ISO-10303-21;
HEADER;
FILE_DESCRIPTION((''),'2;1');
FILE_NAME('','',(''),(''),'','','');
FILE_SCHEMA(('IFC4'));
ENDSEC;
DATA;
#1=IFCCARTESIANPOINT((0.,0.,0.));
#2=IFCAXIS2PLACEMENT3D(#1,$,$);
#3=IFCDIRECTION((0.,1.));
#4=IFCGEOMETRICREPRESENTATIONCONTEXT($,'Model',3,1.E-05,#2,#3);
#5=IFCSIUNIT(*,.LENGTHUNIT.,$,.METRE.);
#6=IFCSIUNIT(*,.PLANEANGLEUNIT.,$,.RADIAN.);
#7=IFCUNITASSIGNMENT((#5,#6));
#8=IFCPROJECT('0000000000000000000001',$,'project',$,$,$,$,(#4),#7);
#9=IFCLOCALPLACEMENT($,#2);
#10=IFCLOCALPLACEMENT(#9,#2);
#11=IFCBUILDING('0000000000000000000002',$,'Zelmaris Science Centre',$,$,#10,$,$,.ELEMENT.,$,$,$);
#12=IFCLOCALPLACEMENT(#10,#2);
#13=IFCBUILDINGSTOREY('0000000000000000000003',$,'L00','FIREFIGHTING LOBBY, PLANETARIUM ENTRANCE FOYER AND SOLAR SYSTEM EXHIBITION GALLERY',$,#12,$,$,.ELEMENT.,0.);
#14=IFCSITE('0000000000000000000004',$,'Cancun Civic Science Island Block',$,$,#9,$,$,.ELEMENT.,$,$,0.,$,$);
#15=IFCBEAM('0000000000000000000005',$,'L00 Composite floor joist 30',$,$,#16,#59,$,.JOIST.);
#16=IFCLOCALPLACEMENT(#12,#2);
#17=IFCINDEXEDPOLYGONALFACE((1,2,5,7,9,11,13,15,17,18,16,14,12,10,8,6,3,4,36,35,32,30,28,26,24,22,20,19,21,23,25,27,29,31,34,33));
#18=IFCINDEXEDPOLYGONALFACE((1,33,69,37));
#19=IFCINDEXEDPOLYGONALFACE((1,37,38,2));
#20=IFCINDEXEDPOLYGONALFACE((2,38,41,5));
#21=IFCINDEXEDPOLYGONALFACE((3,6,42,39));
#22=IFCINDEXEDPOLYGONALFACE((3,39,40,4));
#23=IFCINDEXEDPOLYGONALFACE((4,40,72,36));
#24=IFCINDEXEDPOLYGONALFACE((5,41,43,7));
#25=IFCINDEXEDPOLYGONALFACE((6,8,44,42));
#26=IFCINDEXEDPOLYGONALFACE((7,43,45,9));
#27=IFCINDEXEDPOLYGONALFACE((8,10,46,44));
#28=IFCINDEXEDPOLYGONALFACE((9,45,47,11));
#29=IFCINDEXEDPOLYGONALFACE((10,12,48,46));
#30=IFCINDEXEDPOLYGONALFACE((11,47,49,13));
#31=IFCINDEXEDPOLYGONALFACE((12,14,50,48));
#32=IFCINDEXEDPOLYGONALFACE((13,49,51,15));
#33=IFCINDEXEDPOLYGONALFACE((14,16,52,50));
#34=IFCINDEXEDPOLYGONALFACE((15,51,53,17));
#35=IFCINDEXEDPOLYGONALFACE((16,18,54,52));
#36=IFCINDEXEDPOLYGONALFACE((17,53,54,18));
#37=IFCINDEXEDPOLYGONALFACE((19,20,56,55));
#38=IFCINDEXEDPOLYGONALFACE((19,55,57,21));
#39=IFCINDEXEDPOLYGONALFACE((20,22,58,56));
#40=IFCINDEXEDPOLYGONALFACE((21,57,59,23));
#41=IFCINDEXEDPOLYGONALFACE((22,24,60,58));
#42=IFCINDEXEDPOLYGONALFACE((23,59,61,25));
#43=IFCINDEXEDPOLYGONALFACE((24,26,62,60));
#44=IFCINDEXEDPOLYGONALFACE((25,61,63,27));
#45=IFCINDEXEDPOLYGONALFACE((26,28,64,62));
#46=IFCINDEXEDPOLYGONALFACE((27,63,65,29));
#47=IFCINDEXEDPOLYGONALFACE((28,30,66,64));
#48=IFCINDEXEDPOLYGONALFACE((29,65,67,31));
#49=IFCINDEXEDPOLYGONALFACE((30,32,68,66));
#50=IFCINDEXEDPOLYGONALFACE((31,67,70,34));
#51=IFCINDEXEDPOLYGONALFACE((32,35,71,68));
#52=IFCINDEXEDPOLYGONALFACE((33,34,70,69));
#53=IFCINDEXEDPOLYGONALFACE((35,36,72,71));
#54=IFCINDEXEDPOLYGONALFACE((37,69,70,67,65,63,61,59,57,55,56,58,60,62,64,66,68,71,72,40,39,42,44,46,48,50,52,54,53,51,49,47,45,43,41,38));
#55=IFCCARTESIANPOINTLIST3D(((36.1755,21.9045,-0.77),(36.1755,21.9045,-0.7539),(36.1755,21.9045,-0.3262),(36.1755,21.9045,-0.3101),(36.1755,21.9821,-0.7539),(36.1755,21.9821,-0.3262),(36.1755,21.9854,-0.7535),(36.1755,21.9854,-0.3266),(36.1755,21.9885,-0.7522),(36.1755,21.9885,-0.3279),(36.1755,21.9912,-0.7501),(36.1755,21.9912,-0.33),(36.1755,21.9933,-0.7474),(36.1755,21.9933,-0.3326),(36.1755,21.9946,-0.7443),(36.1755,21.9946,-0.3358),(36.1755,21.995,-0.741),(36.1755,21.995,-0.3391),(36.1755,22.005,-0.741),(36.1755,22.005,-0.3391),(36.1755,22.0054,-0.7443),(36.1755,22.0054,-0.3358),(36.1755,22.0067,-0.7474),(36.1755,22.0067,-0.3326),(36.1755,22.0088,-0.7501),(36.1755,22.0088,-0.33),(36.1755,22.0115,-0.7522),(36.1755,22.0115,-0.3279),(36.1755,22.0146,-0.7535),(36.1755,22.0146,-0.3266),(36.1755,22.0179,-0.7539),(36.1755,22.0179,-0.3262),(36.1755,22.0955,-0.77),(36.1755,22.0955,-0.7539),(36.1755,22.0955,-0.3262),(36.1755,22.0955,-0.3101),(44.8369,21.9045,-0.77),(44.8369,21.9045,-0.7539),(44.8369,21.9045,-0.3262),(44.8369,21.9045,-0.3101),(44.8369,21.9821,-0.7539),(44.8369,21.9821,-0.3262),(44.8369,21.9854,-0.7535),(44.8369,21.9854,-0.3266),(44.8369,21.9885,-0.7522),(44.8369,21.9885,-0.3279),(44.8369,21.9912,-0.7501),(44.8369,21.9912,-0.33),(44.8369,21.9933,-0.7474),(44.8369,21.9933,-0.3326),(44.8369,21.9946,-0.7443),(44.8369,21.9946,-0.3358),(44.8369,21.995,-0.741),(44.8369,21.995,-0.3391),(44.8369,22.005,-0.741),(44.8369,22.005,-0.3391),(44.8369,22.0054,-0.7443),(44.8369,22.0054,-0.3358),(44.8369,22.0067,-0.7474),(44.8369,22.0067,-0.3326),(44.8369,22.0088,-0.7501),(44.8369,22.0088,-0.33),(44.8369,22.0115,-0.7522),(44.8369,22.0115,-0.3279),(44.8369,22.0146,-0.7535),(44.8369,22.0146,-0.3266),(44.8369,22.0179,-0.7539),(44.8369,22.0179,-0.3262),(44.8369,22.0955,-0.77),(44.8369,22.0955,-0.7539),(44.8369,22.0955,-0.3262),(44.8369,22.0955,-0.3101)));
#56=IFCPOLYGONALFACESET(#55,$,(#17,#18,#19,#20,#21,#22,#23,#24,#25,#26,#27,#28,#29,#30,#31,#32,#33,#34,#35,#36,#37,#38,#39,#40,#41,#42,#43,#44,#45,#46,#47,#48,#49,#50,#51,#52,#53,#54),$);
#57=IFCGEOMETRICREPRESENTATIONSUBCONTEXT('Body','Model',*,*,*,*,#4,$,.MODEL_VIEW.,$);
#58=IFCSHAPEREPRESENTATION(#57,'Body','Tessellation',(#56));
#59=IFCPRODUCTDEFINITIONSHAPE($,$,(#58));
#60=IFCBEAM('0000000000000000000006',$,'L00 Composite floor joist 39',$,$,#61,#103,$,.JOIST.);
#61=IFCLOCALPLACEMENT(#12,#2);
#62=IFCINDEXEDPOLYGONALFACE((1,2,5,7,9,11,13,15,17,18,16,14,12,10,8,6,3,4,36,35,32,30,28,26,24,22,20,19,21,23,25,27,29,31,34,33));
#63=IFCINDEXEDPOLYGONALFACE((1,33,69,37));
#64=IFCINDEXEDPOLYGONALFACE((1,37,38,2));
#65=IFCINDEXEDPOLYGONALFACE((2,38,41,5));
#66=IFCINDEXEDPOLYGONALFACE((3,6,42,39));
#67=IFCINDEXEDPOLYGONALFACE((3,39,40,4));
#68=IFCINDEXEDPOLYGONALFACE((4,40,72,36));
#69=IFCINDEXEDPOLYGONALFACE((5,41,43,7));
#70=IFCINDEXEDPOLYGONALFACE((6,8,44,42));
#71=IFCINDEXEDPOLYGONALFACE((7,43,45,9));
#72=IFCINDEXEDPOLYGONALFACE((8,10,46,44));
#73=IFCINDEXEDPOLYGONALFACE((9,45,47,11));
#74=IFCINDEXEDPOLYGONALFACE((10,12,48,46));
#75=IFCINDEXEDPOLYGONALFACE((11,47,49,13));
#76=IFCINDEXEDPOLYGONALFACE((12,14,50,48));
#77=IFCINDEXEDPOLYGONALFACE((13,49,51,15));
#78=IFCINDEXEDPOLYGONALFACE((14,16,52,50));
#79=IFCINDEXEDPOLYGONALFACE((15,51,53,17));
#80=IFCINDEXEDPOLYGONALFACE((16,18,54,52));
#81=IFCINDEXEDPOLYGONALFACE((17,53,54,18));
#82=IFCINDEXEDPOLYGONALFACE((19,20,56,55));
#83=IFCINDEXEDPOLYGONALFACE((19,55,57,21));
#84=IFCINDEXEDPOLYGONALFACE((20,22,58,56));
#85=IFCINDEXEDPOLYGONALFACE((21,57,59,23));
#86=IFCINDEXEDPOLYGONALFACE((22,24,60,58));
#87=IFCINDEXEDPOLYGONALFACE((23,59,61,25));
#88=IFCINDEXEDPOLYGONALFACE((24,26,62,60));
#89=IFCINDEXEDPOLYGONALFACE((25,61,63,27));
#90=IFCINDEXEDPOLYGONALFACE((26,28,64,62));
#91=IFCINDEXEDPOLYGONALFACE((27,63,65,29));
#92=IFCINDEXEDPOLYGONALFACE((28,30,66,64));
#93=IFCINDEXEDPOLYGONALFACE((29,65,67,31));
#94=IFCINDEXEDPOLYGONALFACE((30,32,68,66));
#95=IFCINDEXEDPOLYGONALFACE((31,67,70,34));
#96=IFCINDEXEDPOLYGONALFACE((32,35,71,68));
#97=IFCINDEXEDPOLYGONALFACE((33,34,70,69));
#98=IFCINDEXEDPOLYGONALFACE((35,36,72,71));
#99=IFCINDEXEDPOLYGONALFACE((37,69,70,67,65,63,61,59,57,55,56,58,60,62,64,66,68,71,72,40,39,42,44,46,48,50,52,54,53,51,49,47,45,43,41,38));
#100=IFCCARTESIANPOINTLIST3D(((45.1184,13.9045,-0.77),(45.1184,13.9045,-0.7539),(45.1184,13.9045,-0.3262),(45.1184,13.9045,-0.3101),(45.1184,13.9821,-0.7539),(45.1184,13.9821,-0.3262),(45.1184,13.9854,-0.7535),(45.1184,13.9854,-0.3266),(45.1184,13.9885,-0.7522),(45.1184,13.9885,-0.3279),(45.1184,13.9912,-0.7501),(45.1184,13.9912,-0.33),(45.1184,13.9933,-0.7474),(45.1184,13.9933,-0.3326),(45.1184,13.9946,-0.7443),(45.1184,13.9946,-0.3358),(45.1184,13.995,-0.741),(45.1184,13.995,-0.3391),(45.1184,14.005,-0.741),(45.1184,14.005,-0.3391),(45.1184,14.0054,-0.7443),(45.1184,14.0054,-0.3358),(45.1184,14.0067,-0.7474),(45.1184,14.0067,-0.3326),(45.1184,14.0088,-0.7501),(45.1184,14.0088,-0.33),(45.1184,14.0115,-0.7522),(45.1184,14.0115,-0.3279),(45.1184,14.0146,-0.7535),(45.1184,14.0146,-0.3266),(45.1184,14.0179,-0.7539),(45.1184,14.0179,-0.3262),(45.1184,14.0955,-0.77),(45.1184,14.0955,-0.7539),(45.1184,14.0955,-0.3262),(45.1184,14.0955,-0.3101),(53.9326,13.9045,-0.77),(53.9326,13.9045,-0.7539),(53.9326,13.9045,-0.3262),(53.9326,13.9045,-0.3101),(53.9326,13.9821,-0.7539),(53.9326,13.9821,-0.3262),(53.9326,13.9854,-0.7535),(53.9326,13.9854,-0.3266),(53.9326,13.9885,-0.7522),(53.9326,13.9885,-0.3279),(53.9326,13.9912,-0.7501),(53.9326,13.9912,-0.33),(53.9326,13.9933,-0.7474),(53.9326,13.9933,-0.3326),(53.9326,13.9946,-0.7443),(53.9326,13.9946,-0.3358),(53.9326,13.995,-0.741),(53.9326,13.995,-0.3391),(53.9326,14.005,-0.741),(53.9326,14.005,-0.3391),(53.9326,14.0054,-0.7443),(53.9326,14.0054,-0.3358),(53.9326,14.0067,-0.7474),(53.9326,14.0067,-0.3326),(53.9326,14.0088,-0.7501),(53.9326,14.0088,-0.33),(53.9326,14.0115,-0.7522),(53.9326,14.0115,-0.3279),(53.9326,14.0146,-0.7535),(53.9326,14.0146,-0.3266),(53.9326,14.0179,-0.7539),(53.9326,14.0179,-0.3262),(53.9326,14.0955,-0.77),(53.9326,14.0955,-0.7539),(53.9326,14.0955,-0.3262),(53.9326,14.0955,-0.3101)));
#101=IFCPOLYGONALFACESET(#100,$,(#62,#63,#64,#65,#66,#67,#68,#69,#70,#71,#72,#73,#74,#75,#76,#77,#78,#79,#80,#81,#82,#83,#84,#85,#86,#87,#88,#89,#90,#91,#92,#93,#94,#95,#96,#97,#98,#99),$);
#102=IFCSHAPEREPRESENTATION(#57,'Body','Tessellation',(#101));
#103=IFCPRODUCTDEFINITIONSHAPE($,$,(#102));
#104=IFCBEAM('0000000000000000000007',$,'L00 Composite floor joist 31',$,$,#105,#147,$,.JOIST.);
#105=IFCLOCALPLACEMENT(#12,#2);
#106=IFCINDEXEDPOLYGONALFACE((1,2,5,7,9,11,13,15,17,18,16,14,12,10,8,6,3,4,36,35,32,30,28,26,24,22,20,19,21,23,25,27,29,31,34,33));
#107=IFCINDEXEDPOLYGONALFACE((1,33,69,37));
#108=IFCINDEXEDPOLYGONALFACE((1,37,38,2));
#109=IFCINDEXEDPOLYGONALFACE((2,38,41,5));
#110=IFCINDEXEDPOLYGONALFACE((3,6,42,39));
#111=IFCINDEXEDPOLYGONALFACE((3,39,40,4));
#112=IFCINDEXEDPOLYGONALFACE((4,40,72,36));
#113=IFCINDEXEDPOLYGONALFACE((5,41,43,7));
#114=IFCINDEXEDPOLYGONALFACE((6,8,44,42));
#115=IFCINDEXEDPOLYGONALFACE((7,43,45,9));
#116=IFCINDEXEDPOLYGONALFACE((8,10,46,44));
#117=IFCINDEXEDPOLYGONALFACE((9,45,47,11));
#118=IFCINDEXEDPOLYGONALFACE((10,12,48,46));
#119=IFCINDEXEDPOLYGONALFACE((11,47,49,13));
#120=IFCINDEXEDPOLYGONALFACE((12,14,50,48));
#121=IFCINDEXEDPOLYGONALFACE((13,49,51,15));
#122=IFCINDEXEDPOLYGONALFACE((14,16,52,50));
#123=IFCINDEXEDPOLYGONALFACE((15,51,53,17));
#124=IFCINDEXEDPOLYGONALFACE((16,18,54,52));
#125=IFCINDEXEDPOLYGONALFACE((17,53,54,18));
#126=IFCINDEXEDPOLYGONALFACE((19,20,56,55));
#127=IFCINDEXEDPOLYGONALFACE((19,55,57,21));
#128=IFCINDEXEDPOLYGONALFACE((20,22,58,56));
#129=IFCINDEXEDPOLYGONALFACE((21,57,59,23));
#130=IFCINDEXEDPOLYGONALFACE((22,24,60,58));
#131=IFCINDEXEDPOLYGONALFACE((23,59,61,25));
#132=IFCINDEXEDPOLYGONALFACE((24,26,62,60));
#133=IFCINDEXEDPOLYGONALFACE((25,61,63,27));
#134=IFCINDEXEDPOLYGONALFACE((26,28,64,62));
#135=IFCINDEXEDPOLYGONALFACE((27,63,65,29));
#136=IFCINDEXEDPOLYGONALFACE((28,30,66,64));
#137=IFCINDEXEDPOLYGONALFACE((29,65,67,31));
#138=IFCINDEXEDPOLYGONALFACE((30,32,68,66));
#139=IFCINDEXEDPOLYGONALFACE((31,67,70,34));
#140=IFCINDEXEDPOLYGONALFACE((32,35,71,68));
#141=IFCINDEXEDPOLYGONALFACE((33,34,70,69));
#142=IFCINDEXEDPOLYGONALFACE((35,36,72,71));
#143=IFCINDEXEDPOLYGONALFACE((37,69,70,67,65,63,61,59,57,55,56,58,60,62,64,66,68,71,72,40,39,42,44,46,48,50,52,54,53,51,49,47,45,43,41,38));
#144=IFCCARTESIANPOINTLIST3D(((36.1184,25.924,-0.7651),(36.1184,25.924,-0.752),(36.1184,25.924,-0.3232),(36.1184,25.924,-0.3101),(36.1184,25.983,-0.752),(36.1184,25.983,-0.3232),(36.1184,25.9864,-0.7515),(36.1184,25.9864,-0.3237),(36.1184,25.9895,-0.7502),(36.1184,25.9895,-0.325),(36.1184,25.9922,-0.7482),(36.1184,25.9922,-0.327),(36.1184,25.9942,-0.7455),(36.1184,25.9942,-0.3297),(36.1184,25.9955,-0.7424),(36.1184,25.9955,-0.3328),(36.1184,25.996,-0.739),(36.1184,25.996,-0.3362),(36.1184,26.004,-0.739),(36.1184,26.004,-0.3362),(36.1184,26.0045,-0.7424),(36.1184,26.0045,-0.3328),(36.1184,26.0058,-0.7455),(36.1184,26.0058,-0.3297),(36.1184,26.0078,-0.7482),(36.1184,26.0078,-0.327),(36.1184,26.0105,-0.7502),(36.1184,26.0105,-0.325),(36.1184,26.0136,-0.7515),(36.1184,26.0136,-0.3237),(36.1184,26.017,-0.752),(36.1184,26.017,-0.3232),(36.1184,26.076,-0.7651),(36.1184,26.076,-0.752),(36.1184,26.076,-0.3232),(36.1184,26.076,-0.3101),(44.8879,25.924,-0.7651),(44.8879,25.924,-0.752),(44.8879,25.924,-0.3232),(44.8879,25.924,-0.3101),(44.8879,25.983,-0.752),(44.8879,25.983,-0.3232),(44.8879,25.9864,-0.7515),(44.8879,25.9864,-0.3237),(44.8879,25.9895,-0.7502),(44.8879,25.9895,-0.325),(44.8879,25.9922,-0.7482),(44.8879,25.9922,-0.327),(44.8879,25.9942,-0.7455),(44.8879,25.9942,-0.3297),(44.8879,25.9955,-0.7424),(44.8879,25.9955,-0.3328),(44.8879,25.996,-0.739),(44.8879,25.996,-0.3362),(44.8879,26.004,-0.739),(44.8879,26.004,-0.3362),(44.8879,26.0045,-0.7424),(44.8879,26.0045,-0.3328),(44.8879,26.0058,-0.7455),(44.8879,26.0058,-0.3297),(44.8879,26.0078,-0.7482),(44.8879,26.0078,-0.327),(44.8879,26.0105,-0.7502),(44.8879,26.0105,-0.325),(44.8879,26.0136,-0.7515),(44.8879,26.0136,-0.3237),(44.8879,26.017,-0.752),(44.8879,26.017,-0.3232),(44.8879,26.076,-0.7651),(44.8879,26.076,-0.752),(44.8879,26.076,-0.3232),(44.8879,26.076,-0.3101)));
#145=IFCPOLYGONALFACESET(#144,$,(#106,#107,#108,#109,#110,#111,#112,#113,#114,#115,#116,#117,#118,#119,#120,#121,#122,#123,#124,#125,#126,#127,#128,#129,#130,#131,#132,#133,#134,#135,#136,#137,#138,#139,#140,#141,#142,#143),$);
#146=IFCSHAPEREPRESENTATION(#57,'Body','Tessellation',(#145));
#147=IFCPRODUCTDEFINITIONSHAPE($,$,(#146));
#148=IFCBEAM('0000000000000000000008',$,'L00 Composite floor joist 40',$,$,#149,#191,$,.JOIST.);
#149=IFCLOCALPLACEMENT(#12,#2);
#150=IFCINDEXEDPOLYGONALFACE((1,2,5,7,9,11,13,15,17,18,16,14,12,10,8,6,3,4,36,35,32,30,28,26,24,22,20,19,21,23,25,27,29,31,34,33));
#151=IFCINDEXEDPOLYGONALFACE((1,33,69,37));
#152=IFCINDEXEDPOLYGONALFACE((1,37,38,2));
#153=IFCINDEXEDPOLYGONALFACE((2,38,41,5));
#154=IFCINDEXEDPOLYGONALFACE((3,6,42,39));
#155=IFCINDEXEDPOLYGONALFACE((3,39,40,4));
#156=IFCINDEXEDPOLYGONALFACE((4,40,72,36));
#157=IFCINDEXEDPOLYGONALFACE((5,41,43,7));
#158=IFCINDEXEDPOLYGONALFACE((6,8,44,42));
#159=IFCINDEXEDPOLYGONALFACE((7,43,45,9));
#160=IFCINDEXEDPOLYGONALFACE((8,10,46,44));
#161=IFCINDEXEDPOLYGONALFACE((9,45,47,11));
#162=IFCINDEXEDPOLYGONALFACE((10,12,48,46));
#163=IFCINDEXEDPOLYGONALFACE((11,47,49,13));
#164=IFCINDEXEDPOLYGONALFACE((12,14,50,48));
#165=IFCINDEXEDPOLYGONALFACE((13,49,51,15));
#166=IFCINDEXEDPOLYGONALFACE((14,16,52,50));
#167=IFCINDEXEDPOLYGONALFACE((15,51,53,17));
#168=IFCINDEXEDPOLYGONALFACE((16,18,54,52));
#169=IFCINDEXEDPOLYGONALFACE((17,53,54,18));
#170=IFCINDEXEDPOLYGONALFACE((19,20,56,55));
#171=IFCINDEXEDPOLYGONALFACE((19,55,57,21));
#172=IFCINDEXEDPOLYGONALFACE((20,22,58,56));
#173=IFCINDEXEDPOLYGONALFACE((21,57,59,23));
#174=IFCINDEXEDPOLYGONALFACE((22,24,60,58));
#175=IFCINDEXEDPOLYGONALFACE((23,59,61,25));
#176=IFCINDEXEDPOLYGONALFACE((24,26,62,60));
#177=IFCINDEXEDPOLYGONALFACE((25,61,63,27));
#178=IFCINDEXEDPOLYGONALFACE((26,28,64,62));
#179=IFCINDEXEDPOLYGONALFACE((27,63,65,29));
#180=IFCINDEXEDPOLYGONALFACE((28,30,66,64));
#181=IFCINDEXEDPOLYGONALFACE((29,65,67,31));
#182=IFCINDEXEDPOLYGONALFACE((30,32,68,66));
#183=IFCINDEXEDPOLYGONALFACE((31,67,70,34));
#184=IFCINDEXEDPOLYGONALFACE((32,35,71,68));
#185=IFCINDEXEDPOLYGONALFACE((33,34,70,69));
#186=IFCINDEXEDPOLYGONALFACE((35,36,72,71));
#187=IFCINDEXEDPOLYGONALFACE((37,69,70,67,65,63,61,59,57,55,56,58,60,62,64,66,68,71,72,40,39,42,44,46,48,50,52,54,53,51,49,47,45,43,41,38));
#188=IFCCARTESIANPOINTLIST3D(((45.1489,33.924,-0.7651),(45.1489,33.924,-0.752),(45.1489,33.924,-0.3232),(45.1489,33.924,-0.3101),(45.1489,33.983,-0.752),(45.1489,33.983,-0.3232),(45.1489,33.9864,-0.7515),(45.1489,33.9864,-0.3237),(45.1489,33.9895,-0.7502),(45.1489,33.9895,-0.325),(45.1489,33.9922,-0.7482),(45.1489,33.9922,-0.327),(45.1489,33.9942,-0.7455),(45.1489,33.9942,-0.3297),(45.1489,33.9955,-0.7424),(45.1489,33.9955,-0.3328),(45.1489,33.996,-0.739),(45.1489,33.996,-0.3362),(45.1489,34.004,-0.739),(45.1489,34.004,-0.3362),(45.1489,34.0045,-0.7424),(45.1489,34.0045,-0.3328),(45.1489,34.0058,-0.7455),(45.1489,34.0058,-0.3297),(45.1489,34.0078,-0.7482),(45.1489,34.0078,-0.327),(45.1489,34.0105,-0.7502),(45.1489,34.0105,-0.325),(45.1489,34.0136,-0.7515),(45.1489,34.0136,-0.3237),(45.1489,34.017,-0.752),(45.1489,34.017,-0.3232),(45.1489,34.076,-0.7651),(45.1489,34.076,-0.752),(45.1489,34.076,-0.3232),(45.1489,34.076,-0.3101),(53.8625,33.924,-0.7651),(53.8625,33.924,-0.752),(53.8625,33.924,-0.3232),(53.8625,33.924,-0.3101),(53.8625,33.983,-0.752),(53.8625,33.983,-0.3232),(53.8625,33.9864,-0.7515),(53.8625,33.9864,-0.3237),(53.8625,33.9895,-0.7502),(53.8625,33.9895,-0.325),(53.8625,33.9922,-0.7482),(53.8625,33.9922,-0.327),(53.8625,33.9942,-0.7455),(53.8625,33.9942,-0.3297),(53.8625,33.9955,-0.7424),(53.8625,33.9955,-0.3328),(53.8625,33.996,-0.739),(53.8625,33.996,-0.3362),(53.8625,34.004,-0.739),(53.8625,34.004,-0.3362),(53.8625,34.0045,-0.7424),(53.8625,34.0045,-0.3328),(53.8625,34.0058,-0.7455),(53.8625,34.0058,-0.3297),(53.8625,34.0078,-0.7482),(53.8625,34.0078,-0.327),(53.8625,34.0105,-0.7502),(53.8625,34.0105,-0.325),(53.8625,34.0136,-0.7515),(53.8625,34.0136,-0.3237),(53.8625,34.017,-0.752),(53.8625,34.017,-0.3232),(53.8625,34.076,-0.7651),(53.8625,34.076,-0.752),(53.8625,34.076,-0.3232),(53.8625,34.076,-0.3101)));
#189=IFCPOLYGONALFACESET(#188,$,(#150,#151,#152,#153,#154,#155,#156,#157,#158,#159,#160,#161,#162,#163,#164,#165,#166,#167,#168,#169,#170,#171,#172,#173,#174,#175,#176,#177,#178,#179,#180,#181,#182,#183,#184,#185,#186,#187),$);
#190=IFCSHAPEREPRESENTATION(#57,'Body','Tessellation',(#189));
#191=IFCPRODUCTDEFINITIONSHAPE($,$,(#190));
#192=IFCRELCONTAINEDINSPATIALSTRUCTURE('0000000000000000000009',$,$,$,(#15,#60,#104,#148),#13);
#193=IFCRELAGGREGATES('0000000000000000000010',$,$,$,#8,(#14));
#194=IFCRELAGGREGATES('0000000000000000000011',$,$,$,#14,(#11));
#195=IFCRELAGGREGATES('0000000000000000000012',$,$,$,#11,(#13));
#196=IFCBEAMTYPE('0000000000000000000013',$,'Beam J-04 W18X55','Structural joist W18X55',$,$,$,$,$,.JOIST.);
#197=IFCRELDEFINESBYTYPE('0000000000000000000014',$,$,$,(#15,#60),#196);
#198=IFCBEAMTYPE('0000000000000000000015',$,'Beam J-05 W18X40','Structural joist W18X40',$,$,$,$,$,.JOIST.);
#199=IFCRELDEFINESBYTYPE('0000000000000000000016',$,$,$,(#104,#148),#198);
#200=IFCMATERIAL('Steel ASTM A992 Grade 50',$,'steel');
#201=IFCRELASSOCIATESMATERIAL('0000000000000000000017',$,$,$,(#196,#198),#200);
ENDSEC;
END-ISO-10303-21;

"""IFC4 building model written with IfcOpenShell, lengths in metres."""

from ifc_helpers import new_model, si_unit, direction, frame, origin, origin_2d, place, context, subcontext, project, spatial, i_section, extrude, material, material_profile, profile_set, type_object, element, save


model = new_model("IFC4")

# Units and contexts
model_context = context("Model", 3, precision=1e-05, world=origin(), true_north=direction((0.0, 1.0)))
body_context = subcontext(model_context, "Body", "Model", "MODEL_VIEW")
ifc_project = project(units=[si_unit("LENGTHUNIT", "METRE"), si_unit("PLANEANGLEUNIT", "RADIAN")], contexts=[model_context])

# Site, building, storey
site_placement = place(None, origin())
site = spatial("IfcSite", under=ifc_project, at=site_placement, Name="Cancun Civic Science Island Block", CompositionType="ELEMENT", RefElevation=0.0)
building_placement = place(site_placement, origin())
building = spatial("IfcBuilding", under=site, at=building_placement, Name="Zelmaris Science Centre", CompositionType="ELEMENT")
storey_placement = place(building_placement, origin())
storey = spatial("IfcBuildingStorey", under=building, at=storey_placement, Name="L00", Description="FIREFIGHTING LOBBY, PLANETARIUM ENTRANCE FOYER AND SOLAR SYSTEM EXHIBITION GALLERY", CompositionType="ELEMENT", Elevation=0.0)

# Shared definitions
ifc_material_1 = material(Name="Steel ASTM A992 Grade 50", Category="steel")

# Beams
ifc_material_profile_1 = material_profile(ifc_material_1, i_section(OverallWidth=0.1909, OverallDepth=0.46, WebThickness=0.01, FlangeThickness=0.0161, FilletRadius=0.0129, at=origin_2d()), Name="W18X55")
ifc_profile_set_1 = profile_set([ifc_material_profile_1], Name="Steel ASTM A992 Grade 50")
beam_type_1 = type_object("IfcBeamType", Name="Beam J-04 W18X55", Description="Structural joist W18X55", PredefinedType="JOIST", material=ifc_profile_set_1)
beam_1_placement = place(storey_placement, frame((36.1755, 22.0, -0.54), z_axis=(1.0, 0.0, 0.0), x_axis=(0.0, 1.0, 0.0)))
element("IfcBeam", 1, at=beam_1_placement, inside=storey, type_object=beam_type_1, Name="L00 Composite floor joist 30", PredefinedType="JOIST", context=body_context, shape_type="SweptSolid", body=[
    extrude(i_section(OverallWidth=0.1909, OverallDepth=0.46, WebThickness=0.01, FlangeThickness=0.0161, FilletRadius=0.0129, at=origin_2d()), origin(), (0.0, 0.0, 1.0), 8.6614),
])
beam_2_placement = place(storey_placement, frame((45.1184, 14.0, -0.54), z_axis=(1.0, 0.0, 0.0), x_axis=(0.0, 1.0, 0.0)))
element("IfcBeam", 2, at=beam_2_placement, inside=storey, type_object=beam_type_1, Name="L00 Composite floor joist 39", PredefinedType="JOIST", context=body_context, shape_type="SweptSolid", body=[
    extrude(i_section(OverallWidth=0.1909, OverallDepth=0.46, WebThickness=0.01, FlangeThickness=0.0161, FilletRadius=0.0129, at=origin_2d()), origin(), (0.0, 0.0, 1.0), 8.8142),
])
ifc_material_profile_2 = material_profile(ifc_material_1, i_section(OverallWidth=0.1521, OverallDepth=0.4551, WebThickness=0.0081, FlangeThickness=0.0132, FilletRadius=0.0129, at=origin_2d()), Name="W18X40")
ifc_profile_set_2 = profile_set([ifc_material_profile_2], Name="Steel ASTM A992 Grade 50")
beam_type_2 = type_object("IfcBeamType", Name="Beam J-05 W18X40", Description="Structural joist W18X40", PredefinedType="JOIST", material=ifc_profile_set_2)
beam_3_placement = place(storey_placement, frame((36.1184, 26.0, -0.5376), z_axis=(1.0, 0.0, 0.0), x_axis=(0.0, 1.0, 0.0)))
element("IfcBeam", 3, at=beam_3_placement, inside=storey, type_object=beam_type_2, Name="L00 Composite floor joist 31", PredefinedType="JOIST", context=body_context, shape_type="SweptSolid", body=[
    extrude(i_section(OverallWidth=0.1521, OverallDepth=0.4551, WebThickness=0.0081, FlangeThickness=0.0132, FilletRadius=0.0129, at=origin_2d()), origin(), (0.0, 0.0, 1.0), 8.7695),
])
beam_4_placement = place(storey_placement, frame((45.1489, 34.0, -0.5376), z_axis=(1.0, 0.0, 0.0), x_axis=(0.0, 1.0, 0.0)))
element("IfcBeam", 4, at=beam_4_placement, inside=storey, type_object=beam_type_2, Name="L00 Composite floor joist 40", PredefinedType="JOIST", context=body_context, shape_type="SweptSolid", body=[
    extrude(i_section(OverallWidth=0.1521, OverallDepth=0.4551, WebThickness=0.0081, FlangeThickness=0.0132, FilletRadius=0.0129, at=origin_2d()), origin(), (0.0, 0.0, 1.0), 8.7136),
])

save(model, "model.ifc")
